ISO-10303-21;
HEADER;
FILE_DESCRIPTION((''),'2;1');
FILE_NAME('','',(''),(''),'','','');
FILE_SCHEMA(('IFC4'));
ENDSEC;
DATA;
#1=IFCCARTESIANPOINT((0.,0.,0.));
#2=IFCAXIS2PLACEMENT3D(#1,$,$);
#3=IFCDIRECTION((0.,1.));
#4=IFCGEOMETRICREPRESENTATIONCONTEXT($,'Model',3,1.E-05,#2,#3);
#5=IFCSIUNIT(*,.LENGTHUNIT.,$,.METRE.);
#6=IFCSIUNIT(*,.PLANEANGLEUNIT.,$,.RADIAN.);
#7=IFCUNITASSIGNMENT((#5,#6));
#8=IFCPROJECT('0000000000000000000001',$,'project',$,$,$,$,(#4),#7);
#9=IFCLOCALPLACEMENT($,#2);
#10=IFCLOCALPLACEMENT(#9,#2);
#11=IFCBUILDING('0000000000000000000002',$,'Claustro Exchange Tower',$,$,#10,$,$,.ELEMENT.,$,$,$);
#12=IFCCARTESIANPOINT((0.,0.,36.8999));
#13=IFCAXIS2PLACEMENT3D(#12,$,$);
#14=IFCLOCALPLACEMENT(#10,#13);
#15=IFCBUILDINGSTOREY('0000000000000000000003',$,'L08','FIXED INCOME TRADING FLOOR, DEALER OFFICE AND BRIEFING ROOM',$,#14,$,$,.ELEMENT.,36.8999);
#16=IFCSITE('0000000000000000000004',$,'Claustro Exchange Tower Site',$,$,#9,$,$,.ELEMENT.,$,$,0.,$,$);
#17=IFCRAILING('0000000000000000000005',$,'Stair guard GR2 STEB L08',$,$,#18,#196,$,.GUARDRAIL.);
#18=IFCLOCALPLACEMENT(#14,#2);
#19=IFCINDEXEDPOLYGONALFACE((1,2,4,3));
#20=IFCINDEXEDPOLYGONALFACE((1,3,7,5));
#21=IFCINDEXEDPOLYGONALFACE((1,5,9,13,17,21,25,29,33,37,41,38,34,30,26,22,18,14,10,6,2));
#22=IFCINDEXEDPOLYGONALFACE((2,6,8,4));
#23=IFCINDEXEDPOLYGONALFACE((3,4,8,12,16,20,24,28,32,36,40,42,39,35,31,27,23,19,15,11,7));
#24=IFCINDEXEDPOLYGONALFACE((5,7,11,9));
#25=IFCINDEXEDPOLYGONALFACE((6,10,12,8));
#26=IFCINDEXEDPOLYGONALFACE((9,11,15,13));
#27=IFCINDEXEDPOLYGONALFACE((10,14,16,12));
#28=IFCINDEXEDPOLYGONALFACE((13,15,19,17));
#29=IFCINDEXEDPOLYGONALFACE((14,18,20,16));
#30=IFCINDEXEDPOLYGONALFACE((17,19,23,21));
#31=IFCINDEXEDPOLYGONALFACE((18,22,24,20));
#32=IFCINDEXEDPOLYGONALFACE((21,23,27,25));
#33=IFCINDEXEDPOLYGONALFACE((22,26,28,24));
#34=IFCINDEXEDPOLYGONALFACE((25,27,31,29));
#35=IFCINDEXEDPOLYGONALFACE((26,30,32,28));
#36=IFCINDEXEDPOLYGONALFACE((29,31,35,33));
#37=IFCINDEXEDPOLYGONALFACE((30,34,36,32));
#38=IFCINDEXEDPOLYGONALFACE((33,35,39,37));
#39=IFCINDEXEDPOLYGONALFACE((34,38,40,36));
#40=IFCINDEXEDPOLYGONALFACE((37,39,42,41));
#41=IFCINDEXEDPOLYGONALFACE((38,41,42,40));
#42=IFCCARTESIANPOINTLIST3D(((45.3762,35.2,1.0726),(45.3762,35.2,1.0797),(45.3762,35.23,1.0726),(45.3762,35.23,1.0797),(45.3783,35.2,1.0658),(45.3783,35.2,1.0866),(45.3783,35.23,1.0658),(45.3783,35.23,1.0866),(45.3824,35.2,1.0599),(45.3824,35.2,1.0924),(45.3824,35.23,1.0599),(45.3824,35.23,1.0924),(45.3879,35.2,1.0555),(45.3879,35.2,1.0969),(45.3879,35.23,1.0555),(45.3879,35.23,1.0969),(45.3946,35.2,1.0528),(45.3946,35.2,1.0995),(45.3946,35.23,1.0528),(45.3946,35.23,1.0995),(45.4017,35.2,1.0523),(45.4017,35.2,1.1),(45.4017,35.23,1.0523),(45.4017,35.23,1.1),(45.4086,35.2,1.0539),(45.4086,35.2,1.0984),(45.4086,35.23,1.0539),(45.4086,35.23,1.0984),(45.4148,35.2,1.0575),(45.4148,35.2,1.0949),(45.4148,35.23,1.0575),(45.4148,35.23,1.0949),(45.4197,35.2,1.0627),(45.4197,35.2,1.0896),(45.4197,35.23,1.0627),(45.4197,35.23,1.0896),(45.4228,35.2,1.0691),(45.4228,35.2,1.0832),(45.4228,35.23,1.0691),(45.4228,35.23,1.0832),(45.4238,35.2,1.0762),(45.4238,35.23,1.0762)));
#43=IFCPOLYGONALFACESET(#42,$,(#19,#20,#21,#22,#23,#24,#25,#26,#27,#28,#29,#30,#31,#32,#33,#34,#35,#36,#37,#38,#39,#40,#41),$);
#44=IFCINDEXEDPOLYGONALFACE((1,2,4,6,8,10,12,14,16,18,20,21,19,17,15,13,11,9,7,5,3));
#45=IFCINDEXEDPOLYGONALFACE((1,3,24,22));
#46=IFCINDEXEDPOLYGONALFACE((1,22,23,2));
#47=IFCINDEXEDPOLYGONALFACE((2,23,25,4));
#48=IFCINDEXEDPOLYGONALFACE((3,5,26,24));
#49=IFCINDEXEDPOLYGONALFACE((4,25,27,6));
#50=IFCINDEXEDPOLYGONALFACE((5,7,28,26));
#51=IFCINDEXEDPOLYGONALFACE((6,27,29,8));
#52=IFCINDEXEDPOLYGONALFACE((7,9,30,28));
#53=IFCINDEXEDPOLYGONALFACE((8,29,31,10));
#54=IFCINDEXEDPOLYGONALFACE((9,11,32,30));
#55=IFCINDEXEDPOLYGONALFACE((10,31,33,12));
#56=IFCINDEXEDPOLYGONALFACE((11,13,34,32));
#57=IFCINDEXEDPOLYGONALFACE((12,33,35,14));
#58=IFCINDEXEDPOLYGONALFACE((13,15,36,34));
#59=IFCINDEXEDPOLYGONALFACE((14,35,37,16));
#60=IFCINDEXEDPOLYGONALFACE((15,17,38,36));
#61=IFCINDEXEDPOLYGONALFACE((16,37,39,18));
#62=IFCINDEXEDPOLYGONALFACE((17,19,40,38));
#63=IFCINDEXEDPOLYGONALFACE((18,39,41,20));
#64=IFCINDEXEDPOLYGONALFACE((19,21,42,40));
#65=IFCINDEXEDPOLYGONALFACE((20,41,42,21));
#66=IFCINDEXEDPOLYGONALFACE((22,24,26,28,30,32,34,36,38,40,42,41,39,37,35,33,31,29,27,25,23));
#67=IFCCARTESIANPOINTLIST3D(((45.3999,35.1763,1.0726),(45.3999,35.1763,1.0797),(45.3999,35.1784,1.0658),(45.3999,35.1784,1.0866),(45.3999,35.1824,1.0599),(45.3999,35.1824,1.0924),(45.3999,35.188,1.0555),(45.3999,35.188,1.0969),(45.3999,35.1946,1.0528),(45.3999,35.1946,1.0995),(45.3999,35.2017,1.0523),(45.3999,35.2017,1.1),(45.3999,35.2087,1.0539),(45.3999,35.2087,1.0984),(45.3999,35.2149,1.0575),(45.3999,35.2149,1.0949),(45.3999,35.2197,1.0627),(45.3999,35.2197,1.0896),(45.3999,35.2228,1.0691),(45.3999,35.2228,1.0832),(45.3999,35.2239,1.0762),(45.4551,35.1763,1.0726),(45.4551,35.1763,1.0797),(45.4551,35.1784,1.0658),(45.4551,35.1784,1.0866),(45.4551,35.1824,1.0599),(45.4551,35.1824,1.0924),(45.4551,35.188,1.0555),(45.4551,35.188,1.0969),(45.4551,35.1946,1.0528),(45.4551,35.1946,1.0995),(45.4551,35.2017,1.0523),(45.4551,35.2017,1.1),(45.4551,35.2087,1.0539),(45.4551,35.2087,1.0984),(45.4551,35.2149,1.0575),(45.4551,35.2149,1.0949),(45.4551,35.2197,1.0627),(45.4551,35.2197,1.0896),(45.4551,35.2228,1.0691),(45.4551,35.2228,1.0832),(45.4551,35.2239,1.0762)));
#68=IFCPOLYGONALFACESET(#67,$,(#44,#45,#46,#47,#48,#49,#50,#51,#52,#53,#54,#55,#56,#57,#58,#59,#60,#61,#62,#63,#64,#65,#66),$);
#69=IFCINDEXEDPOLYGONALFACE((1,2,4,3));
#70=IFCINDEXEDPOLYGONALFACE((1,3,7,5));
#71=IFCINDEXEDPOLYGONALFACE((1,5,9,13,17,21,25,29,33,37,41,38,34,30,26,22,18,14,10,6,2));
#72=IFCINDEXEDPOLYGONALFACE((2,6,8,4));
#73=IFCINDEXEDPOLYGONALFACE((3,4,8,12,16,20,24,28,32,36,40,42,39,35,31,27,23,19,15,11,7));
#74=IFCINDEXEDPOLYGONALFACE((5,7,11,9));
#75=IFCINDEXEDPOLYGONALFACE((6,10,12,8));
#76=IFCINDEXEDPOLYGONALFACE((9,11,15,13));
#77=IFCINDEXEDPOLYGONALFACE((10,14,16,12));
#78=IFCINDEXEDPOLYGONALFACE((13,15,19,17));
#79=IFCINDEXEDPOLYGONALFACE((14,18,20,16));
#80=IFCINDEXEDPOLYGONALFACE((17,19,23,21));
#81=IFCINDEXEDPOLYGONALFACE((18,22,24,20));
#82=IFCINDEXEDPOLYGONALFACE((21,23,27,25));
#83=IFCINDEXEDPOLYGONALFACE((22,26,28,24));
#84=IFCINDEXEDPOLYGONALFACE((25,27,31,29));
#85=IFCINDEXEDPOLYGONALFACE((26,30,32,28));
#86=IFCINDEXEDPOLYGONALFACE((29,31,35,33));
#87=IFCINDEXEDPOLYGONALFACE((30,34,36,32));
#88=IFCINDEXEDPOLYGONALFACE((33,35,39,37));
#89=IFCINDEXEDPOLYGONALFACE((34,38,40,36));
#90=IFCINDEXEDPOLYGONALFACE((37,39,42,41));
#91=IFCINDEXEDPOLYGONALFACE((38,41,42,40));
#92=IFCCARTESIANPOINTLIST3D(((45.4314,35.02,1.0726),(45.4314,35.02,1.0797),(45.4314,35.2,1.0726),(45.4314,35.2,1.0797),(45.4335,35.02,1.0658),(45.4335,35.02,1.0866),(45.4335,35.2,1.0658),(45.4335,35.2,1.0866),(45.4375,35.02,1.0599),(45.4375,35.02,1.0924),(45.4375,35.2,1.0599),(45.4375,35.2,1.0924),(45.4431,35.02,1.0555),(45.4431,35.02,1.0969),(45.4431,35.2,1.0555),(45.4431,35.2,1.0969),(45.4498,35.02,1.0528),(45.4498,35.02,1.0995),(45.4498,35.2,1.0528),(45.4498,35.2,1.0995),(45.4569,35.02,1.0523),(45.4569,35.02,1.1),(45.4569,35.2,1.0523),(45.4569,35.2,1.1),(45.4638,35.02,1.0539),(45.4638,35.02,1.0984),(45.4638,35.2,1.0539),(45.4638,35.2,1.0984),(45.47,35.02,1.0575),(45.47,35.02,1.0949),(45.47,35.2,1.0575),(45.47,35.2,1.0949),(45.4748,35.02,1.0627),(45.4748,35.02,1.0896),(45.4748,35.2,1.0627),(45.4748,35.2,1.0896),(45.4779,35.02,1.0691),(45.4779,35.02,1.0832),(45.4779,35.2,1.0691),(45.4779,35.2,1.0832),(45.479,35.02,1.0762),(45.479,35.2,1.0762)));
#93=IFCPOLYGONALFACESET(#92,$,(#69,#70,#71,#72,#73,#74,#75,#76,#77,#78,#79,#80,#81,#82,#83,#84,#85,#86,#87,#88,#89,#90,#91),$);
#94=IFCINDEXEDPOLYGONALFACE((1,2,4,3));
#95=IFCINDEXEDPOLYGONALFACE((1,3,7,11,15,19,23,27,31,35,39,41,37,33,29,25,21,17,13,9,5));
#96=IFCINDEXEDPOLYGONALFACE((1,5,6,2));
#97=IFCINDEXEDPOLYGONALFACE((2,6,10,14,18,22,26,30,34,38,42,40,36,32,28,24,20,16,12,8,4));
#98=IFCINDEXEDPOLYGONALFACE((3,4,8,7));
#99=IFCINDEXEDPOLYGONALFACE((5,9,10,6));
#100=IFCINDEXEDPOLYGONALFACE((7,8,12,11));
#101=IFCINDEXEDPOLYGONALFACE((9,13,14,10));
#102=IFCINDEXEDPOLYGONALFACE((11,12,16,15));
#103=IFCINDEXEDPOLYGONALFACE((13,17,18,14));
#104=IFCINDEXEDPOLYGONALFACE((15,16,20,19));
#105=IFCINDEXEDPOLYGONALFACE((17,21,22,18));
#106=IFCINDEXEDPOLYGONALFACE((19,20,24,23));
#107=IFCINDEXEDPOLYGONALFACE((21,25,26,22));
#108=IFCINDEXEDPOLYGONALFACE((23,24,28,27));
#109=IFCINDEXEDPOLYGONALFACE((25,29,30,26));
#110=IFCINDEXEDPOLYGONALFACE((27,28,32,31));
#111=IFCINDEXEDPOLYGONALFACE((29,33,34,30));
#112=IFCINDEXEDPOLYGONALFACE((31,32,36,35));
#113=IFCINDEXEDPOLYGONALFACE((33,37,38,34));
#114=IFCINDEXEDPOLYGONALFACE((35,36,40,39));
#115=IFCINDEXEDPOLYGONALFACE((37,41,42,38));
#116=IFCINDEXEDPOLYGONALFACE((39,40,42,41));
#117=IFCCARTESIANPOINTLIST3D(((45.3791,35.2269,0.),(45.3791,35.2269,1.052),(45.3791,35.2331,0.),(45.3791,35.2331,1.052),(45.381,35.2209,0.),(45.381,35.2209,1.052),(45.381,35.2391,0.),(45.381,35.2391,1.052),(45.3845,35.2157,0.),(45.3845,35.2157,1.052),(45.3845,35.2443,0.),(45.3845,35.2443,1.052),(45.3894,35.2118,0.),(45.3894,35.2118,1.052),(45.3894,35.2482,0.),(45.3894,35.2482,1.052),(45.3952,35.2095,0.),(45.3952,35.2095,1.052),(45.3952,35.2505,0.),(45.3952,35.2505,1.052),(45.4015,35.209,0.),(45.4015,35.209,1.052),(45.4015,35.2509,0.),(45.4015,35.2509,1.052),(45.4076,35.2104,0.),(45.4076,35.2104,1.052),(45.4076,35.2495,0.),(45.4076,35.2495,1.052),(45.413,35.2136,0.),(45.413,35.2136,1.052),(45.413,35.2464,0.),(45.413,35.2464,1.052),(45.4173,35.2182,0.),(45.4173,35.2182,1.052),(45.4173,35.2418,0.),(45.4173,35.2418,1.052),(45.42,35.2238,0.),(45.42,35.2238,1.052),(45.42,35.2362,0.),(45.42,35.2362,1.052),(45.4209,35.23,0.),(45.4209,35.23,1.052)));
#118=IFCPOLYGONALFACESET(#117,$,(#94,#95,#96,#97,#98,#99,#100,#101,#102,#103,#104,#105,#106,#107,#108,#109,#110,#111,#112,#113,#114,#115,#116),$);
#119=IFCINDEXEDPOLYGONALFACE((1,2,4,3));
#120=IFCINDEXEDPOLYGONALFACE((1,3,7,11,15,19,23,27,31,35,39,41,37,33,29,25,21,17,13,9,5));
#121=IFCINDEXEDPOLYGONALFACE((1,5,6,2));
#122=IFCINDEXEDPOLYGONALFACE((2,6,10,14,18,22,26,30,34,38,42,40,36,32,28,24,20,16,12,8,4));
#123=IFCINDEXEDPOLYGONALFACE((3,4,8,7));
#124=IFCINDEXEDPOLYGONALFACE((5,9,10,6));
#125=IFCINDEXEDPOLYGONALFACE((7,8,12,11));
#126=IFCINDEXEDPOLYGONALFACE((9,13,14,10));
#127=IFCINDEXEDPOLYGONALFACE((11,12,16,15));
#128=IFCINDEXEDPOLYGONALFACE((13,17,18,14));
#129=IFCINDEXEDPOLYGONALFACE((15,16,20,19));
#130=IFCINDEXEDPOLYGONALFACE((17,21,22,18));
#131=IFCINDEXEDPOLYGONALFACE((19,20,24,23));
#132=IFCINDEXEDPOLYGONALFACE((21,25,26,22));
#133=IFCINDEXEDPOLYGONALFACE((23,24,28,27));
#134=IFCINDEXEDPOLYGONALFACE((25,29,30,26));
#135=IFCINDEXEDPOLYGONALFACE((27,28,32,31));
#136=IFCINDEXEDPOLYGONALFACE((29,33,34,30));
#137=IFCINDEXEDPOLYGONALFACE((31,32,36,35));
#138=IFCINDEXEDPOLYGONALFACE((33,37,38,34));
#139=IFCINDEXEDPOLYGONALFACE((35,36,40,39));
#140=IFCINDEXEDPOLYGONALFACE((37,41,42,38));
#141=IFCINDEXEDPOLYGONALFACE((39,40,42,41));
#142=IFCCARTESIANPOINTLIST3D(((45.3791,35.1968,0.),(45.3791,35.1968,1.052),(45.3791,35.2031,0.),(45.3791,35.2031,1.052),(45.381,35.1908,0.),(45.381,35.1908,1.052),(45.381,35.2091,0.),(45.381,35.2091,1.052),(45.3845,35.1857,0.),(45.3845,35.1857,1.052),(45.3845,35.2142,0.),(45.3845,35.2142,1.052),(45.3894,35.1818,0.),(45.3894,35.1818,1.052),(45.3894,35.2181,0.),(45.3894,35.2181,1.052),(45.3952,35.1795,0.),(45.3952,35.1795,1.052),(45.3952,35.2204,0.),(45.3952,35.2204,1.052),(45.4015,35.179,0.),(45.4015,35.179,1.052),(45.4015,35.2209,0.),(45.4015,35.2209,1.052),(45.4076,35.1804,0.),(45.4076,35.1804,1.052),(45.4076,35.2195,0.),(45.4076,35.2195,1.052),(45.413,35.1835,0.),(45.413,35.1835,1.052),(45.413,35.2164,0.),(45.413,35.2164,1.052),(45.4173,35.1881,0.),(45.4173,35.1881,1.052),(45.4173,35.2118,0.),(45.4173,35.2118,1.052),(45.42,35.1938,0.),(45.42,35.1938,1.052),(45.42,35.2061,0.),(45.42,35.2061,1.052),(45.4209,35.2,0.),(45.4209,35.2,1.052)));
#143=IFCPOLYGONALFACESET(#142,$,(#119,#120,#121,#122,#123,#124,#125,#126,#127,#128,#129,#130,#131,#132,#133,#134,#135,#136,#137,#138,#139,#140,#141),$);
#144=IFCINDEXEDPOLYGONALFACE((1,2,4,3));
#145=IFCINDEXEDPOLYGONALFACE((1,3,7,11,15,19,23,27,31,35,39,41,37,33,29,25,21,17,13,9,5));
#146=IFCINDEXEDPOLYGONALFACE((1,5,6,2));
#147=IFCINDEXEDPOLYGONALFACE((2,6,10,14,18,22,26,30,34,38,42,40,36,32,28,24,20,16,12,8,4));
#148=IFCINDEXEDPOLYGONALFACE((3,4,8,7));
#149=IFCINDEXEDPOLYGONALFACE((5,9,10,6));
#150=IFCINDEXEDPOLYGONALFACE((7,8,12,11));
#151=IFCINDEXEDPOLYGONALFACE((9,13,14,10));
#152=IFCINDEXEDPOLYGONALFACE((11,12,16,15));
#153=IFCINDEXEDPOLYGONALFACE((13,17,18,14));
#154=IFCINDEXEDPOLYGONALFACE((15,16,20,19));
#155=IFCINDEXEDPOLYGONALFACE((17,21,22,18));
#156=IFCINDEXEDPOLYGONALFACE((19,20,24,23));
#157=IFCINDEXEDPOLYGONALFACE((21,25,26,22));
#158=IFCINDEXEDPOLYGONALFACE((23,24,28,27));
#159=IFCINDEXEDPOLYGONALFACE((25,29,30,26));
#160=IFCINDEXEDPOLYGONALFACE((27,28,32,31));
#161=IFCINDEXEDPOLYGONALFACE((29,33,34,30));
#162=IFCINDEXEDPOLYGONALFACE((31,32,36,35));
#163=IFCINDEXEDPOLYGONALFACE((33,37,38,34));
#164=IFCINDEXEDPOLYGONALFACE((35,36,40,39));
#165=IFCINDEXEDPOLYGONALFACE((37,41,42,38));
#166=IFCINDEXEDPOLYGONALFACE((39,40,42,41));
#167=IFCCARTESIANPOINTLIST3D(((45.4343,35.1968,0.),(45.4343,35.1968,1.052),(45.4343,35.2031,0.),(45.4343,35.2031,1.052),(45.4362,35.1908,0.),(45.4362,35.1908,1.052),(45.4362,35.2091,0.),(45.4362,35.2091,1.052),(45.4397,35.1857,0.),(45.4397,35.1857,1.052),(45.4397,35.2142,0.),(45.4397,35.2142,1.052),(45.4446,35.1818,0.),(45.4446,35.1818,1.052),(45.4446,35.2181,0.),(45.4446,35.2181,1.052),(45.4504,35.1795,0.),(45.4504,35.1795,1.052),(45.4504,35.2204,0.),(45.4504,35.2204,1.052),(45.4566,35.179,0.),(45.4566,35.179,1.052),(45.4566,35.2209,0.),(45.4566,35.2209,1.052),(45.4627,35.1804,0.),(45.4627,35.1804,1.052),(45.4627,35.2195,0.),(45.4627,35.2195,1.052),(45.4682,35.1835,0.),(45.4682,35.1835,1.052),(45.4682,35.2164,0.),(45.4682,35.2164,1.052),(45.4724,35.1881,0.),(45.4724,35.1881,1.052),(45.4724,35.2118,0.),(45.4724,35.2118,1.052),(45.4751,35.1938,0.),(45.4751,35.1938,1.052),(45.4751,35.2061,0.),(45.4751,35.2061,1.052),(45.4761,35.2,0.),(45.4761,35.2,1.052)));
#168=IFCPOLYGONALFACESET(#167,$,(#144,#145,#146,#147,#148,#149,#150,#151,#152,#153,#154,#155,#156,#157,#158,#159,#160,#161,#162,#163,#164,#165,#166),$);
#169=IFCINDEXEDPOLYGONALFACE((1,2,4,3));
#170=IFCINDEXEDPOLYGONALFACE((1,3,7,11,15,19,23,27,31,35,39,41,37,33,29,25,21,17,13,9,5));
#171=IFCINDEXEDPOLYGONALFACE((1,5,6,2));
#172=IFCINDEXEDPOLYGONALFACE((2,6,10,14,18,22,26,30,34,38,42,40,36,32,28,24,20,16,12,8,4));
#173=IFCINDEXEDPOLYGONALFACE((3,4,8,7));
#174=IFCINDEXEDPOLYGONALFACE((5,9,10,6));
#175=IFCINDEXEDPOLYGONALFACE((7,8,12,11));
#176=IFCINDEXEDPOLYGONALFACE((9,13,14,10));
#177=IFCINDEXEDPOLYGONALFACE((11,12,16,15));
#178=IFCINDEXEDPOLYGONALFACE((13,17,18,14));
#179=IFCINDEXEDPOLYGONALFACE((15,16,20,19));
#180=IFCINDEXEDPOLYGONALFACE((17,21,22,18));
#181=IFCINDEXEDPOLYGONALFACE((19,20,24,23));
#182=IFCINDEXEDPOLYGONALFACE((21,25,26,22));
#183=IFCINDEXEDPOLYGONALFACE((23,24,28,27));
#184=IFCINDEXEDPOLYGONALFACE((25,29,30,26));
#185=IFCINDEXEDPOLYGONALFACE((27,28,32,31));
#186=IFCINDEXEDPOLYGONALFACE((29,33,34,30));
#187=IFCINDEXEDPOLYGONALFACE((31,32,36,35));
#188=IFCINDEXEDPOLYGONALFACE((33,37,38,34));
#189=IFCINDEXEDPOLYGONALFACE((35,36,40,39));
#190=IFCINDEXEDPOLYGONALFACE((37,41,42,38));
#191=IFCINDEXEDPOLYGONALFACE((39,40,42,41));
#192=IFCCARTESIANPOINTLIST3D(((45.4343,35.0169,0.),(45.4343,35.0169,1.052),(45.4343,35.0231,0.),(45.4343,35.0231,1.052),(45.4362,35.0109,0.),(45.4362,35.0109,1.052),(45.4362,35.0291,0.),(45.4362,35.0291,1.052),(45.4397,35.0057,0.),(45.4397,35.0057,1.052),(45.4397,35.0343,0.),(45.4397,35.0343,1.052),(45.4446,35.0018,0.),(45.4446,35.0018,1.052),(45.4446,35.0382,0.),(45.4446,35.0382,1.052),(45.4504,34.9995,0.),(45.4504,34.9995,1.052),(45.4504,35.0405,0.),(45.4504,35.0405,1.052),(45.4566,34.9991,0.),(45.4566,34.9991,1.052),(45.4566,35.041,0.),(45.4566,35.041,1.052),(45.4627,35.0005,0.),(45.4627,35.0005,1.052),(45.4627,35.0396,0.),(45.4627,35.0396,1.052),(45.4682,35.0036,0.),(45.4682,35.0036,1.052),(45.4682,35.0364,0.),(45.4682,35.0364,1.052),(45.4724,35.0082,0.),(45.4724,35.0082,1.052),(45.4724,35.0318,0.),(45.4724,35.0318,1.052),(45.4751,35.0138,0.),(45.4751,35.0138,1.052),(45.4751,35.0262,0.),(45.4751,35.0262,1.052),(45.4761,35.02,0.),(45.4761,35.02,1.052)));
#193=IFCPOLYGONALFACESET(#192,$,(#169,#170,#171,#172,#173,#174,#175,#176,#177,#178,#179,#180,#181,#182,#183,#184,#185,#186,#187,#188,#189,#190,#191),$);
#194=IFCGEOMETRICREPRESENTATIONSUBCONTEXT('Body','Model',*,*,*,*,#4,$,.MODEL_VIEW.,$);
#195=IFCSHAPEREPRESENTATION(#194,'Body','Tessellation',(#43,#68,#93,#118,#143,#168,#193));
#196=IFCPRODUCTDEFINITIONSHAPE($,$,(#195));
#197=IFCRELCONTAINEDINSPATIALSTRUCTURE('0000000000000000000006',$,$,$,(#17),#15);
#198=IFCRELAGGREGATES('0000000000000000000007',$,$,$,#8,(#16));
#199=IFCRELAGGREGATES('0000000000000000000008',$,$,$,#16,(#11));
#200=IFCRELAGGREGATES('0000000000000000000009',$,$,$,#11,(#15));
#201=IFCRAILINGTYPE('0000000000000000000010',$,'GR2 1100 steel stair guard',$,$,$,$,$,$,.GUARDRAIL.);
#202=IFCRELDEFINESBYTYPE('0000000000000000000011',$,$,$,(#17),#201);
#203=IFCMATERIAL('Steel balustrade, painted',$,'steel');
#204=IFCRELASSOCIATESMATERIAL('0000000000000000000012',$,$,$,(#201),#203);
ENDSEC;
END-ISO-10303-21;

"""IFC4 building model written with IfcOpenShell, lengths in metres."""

from ifc_helpers import new_model, si_unit, direction, frame, origin, origin_2d, place, context, subcontext, project, spatial, circle, extrude, material, type_object, element, save


model = new_model("IFC4")

# Units and contexts
model_context = context("Model", 3, precision=1e-05, world=origin(), true_north=direction((0.0, 1.0)))
body_context = subcontext(model_context, "Body", "Model", "MODEL_VIEW")
ifc_project = project(units=[si_unit("LENGTHUNIT", "METRE"), si_unit("PLANEANGLEUNIT", "RADIAN")], contexts=[model_context])

# Site, building, storey
site_placement = place(None, origin())
site = spatial("IfcSite", under=ifc_project, at=site_placement, Name="Claustro Exchange Tower Site", CompositionType="ELEMENT", RefElevation=0.0)
building_placement = place(site_placement, origin())
building = spatial("IfcBuilding", under=site, at=building_placement, Name="Claustro Exchange Tower", CompositionType="ELEMENT")
storey_placement = place(building_placement, frame((0.0, 0.0, 36.8999)))
storey = spatial("IfcBuildingStorey", under=building, at=storey_placement, Name="L08", Description="FIXED INCOME TRADING FLOOR, DEALER OFFICE AND BRIEFING ROOM", CompositionType="ELEMENT", Elevation=36.8999)

# Railing
ifc_material_1 = material(Name="Steel balustrade, painted", Category="steel")
railing_type_1 = type_object("IfcRailingType", Name="GR2 1100 steel stair guard", PredefinedType="GUARDRAIL", material=ifc_material_1)
railing_1_placement = place(storey_placement, frame((45.3999, 35.23, 0.0)))
element("IfcRailing", 1, at=railing_1_placement, inside=storey, type_object=railing_type_1, Name="Stair guard GR2 STEB L08", PredefinedType="GUARDRAIL", context=body_context, shape_type="SweptSolid", body=[
    extrude(circle(Radius=0.0239, at=origin_2d()), frame((0.0, 0.0, 1.0762), z_axis=(0.0, -1.0, 0.0), x_axis=(1.0, 0.0, 0.0)), (0.0, 0.0, 1.0), 0.03),
    extrude(circle(Radius=0.0239, at=origin_2d()), frame((0.0, -0.03, 1.0762), z_axis=(1.0, 0.0, 0.0), x_axis=(0.0, 1.0, 0.0)), (0.0, 0.0, 1.0), 0.0552),
    extrude(circle(Radius=0.0239, at=origin_2d()), frame((0.0552, -0.03, 1.0762), z_axis=(0.0, -1.0, 0.0), x_axis=(1.0, 0.0, 0.0)), (0.0, 0.0, 1.0), 0.1799),
    extrude(circle(Radius=0.021, at=origin_2d()), origin(), (0.0, 0.0, 1.0), 1.052),
    extrude(circle(Radius=0.021, at=origin_2d()), frame((0.0, -0.03, 0.0)), (0.0, 0.0, 1.0), 1.052),
    extrude(circle(Radius=0.021, at=origin_2d()), frame((0.0552, -0.03, 0.0)), (0.0, 0.0, 1.0), 1.052),
    extrude(circle(Radius=0.021, at=origin_2d()), frame((0.0552, -0.21, 0.0)), (0.0, 0.0, 1.0), 1.052),
])

save(model, "model.ifc")
